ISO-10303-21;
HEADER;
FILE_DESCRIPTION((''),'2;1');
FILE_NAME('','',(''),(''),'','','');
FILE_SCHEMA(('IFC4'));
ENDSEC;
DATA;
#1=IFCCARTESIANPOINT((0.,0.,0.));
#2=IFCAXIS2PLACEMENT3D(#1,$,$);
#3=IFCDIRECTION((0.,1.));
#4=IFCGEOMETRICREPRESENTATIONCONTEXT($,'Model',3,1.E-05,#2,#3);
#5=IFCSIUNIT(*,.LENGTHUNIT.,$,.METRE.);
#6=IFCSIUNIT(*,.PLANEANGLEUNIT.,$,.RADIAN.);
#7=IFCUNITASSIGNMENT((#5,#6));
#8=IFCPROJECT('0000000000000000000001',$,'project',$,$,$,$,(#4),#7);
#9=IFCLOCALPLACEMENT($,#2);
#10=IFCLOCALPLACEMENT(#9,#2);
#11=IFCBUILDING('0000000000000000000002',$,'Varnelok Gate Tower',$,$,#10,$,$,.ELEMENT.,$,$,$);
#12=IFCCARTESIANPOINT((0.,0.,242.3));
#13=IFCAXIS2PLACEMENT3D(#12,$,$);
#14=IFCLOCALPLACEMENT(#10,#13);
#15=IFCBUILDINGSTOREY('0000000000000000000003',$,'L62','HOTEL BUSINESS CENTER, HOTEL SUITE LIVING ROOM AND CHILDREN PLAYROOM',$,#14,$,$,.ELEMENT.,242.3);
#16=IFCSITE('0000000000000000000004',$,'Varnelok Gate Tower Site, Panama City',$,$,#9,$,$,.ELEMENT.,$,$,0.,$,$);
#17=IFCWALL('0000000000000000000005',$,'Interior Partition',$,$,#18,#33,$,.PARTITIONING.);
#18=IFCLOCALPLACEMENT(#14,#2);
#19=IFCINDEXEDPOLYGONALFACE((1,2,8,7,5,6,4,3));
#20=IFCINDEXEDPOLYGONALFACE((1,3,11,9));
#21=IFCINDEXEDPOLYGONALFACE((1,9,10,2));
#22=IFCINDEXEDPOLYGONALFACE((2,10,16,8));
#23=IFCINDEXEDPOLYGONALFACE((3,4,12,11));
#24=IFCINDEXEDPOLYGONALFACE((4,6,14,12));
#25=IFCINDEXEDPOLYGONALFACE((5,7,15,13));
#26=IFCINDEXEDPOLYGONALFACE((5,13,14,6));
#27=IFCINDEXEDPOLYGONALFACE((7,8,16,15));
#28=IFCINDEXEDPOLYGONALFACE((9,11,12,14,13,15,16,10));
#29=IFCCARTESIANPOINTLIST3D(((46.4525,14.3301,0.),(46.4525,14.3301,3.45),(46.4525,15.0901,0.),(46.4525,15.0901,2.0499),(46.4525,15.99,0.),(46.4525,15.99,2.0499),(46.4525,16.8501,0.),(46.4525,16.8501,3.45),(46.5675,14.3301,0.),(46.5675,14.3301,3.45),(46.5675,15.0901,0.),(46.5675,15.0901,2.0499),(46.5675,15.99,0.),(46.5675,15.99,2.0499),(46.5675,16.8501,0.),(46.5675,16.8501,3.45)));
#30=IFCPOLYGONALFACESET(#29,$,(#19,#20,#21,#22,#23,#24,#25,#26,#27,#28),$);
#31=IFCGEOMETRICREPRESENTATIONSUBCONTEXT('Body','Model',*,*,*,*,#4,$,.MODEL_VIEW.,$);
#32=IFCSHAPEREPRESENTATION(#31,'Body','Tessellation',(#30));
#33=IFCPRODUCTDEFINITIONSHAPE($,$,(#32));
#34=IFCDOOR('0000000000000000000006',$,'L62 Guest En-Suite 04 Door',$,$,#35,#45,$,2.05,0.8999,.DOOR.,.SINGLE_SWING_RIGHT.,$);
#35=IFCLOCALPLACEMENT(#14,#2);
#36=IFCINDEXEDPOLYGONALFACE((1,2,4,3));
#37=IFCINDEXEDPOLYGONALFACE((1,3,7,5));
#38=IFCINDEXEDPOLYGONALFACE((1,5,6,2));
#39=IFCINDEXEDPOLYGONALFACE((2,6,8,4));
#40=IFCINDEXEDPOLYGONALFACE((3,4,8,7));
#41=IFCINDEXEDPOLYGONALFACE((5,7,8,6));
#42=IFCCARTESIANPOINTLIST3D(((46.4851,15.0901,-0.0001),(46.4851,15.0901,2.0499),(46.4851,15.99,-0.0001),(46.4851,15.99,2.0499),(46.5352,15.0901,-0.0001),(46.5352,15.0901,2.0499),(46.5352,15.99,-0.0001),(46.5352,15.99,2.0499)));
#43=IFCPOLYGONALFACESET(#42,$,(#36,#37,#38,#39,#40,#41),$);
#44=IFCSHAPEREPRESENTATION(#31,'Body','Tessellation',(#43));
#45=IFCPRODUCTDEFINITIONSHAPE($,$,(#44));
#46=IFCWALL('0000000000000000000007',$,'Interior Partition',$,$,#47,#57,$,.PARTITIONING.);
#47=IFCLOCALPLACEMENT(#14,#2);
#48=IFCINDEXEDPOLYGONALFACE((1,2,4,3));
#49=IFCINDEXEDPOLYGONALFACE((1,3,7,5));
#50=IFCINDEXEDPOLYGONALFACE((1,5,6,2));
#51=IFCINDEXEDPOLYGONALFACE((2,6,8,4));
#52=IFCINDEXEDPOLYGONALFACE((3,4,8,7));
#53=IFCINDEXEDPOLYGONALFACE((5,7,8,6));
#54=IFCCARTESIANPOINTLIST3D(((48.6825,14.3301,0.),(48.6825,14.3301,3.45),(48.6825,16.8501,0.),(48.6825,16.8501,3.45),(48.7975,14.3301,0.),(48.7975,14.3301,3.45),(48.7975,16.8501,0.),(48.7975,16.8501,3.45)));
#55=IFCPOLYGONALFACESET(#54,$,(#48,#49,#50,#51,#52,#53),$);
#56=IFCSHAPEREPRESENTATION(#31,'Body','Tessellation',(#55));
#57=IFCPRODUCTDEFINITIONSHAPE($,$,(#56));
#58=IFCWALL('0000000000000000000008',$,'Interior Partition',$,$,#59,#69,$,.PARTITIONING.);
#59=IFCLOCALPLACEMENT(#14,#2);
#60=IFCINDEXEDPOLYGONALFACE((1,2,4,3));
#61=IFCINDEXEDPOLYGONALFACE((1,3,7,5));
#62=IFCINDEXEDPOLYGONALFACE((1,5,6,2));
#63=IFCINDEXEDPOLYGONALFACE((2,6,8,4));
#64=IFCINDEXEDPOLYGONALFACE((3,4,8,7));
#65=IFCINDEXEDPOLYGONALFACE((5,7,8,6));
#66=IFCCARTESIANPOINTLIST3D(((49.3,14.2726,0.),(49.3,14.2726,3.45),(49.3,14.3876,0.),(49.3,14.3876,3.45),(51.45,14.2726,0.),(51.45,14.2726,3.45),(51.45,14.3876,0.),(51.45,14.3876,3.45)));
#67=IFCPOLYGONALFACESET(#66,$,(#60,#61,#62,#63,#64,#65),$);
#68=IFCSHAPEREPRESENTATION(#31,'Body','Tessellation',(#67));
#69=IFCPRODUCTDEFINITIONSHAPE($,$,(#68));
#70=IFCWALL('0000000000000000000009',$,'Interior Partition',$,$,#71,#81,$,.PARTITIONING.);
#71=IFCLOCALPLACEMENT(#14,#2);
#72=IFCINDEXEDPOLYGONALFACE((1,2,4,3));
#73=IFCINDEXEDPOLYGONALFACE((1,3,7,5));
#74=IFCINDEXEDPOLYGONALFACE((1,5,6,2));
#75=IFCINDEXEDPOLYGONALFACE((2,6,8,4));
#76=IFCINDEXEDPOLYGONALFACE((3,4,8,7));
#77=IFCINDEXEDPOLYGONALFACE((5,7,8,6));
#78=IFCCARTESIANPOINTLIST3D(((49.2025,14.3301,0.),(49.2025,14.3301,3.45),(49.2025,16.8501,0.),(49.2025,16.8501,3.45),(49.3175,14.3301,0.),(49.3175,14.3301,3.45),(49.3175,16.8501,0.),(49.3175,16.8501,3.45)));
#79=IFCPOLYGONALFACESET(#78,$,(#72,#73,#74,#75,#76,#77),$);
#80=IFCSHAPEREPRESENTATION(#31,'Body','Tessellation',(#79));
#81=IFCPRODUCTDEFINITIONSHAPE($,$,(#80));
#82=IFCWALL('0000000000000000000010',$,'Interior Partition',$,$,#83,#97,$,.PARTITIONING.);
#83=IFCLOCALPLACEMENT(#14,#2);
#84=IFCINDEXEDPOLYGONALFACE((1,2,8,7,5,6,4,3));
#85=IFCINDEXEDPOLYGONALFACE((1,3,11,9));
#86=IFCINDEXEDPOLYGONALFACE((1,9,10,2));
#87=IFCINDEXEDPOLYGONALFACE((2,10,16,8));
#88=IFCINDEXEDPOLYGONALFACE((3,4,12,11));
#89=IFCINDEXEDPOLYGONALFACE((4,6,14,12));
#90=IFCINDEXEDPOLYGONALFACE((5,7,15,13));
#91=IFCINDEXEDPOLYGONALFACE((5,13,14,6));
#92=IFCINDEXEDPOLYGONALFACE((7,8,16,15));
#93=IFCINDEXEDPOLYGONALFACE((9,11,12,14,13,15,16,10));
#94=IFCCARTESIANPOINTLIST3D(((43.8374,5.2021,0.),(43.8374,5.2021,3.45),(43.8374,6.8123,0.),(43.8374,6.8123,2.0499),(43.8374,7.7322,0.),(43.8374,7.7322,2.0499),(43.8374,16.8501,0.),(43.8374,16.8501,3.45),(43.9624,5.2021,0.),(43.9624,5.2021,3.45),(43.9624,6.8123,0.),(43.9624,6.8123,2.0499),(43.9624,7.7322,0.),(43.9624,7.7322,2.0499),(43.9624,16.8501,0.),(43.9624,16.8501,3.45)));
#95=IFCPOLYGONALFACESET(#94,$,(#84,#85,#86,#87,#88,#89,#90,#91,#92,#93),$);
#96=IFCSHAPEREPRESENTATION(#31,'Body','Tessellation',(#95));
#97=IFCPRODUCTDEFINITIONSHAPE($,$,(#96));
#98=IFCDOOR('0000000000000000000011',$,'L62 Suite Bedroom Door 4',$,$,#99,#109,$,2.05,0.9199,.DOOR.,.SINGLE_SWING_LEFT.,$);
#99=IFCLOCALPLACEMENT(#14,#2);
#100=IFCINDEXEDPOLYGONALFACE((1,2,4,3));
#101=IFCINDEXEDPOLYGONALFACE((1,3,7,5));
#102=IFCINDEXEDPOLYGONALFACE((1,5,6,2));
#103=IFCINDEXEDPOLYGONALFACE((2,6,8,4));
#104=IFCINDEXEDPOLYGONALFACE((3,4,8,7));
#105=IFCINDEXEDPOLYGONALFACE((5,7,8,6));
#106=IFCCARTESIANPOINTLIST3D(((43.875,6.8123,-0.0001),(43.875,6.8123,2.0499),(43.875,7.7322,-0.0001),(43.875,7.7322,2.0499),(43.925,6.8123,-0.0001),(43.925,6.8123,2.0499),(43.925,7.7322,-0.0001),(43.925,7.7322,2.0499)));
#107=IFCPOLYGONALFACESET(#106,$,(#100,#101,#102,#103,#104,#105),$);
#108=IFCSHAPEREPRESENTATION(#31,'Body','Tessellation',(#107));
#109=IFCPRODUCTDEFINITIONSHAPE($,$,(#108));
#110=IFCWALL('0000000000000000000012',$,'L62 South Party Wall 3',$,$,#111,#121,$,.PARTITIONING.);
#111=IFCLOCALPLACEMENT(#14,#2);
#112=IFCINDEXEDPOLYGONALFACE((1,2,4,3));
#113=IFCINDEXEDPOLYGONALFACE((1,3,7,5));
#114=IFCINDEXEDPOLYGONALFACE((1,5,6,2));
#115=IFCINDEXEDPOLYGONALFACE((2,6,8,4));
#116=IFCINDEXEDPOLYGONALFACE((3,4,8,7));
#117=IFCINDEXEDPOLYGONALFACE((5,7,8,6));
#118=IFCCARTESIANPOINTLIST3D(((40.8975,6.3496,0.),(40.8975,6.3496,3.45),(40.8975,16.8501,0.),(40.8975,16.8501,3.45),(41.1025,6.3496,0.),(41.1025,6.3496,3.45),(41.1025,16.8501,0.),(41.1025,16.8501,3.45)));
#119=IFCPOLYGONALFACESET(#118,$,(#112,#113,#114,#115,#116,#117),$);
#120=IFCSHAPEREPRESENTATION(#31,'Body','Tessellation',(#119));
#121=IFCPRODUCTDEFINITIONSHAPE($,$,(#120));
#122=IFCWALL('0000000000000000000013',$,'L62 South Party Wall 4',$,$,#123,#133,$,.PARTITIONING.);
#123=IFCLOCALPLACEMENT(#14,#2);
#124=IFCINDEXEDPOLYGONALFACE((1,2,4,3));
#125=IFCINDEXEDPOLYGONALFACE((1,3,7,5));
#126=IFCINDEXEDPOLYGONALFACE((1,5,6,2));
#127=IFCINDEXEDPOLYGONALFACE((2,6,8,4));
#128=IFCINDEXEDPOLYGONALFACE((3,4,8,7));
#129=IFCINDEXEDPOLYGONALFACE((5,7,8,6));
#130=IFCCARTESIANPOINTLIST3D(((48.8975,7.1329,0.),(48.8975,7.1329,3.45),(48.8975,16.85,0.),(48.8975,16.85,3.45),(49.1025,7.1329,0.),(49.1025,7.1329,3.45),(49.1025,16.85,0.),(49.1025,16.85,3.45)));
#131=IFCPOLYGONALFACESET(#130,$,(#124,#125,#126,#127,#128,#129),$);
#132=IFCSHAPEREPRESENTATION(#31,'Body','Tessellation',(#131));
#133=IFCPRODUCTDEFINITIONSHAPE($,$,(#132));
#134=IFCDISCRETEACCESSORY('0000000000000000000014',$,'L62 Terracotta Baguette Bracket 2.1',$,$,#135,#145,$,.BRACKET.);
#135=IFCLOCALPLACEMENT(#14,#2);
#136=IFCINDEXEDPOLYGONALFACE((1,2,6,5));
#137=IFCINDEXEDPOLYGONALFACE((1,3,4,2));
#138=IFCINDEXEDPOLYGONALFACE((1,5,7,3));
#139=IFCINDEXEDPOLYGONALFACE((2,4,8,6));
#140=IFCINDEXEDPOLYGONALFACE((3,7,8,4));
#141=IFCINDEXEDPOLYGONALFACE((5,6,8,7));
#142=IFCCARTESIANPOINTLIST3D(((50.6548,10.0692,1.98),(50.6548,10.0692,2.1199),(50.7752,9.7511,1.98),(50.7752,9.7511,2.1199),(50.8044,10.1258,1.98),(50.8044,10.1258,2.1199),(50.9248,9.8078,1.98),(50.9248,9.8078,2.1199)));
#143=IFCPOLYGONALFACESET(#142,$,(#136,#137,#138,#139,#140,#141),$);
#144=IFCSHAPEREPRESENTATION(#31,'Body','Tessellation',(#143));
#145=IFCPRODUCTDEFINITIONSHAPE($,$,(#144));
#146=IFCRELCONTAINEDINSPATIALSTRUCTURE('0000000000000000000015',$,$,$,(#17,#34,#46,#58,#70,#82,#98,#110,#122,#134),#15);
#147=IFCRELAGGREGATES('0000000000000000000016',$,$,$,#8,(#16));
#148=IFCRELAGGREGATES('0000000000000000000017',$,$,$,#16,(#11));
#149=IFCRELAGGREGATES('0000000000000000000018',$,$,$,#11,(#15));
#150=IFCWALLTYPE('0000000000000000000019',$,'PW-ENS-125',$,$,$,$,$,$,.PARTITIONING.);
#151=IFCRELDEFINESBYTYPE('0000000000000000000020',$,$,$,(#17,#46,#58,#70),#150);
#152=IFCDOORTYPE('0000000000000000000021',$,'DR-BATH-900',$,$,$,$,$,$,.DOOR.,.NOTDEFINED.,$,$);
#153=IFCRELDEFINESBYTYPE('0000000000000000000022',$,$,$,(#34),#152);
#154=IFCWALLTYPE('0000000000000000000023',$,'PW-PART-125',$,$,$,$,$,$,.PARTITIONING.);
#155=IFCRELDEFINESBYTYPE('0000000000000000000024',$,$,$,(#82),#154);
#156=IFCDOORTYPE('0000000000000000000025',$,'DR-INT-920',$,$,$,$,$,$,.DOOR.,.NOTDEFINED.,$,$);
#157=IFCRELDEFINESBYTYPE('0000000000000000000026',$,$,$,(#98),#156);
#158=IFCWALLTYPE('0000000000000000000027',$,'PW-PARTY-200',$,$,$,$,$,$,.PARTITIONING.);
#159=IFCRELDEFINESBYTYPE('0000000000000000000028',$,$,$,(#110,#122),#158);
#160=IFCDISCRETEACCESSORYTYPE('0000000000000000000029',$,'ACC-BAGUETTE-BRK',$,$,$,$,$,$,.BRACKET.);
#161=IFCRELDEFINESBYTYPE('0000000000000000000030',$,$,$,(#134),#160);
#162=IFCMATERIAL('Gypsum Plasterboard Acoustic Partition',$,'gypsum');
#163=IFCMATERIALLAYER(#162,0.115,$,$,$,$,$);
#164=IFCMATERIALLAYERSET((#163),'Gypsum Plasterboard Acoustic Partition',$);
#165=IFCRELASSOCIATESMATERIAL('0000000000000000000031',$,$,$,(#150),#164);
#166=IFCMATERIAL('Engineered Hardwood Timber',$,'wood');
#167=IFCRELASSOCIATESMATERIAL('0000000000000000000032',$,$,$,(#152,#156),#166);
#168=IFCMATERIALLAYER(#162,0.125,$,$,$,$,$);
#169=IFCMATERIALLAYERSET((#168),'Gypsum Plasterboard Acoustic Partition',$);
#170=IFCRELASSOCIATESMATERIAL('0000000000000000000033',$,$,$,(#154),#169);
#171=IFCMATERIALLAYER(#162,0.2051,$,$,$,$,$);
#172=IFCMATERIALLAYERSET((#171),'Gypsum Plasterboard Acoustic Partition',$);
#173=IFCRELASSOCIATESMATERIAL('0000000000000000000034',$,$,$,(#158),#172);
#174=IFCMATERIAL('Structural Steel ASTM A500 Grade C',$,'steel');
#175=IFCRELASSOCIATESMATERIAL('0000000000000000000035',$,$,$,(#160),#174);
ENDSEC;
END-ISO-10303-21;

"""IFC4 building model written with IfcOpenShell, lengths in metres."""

from ifc_helpers import new_model, si_unit, direction, frame, frame_2d, origin, origin_2d, place, context, subcontext, project, spatial, rectangle, extrude, source, transform, mapped, material, layer, layer_set, type_object, element, fill, save


model = new_model("IFC4")

# Units and contexts
model_context = context("Model", 3, precision=1e-05, world=origin(), true_north=direction((0.0, 1.0)))
body_context = subcontext(model_context, "Body", "Model", "MODEL_VIEW")
ifc_project = project(units=[si_unit("LENGTHUNIT", "METRE"), si_unit("PLANEANGLEUNIT", "RADIAN")], contexts=[model_context])

# Site, building, storey
site_placement = place(None, origin())
site = spatial("IfcSite", under=ifc_project, at=site_placement, Name="Varnelok Gate Tower Site, Panama City", CompositionType="ELEMENT", RefElevation=0.0)
building_placement = place(site_placement, origin())
building = spatial("IfcBuilding", under=site, at=building_placement, Name="Varnelok Gate Tower", CompositionType="ELEMENT")
storey_placement = place(building_placement, frame((0.0, 0.0, 242.3)))
storey = spatial("IfcBuildingStorey", under=building, at=storey_placement, Name="L62", Description="HOTEL BUSINESS CENTER, HOTEL SUITE LIVING ROOM AND CHILDREN PLAYROOM", CompositionType="ELEMENT", Elevation=242.3)

# Shared definitions
ifc_material_1 = material(Name="Gypsum Plasterboard Acoustic Partition", Category="gypsum")
ifc_layer_1 = layer(ifc_material_1, 0.115)
ifc_layer_set_1 = layer_set([ifc_layer_1], Name="Gypsum Plasterboard Acoustic Partition")
wall_type_1 = type_object("IfcWallType", Name="PW-ENS-125", PredefinedType="PARTITIONING", material=ifc_layer_set_1)

# Shared definitions
ifc_material_2 = material(Name="Engineered Hardwood Timber", Category="wood")
door_type_1 = type_object("IfcDoorType", Name="DR-BATH-900", OperationType="NOTDEFINED", PredefinedType="DOOR", material=ifc_material_2)

# Wall, opening, door
wall_1_placement = place(storey_placement, frame((46.51, 14.3301, 0.0), z_axis=(0.0, 0.0, 1.0), x_axis=(0.0, 1.0, 0.0)))
wall_1 = element("IfcWall", 1, at=wall_1_placement, inside=storey, type_object=wall_type_1, Name="Interior Partition", PredefinedType="PARTITIONING", context=body_context, shape_type="SweptSolid", body=[
    extrude(rectangle(XDim=2.52, YDim=0.115, at=frame_2d((1.26, 0.0))), origin(), (0.0, 0.0, 1.0), 3.45),
])
opening_1_placement = place(wall_1_placement, frame((0.76, 0.0, 0.0)))
opening_1 = element("IfcOpeningElement", 2, at=opening_1_placement, cuts=wall_1, PredefinedType="OPENING", context=body_context, shape_type="SweptSolid", body=[
    extrude(rectangle(XDim=0.8999, YDim=2.05, at=frame_2d((0.45, 1.0249))), frame((0.0, 0.0674, 0.0), z_axis=(0.0, -1.0, 0.0), x_axis=(1.0, 0.0, 0.0)), (0.0, 0.0, 1.0), 0.135),
])
door_1_placement = place(opening_1_placement, origin())
door_1 = element("IfcDoor", 3, at=door_1_placement, inside=storey, type_object=door_type_1, Name="L62 Guest En-Suite 04 Door", OperationType="SINGLE_SWING_RIGHT", OverallHeight=2.05, OverallWidth=0.8999, PredefinedType="DOOR", context=body_context, shape_type="SweptSolid", body=[
    extrude(rectangle(XDim=0.8999, YDim=2.05, at=frame_2d((0.45, 1.0249))), frame((0.0, 0.0249, 0.0), z_axis=(0.0, -1.0, 0.0), x_axis=(1.0, 0.0, 0.0)), (0.0, 0.0, 1.0), 0.05),
])
fill(opening_1, door_1)

# Walls
wall_2_placement = place(storey_placement, frame((48.74, 14.3301, 0.0), z_axis=(0.0, 0.0, 1.0), x_axis=(0.0, 1.0, 0.0)))
element("IfcWall", 4, at=wall_2_placement, inside=storey, type_object=wall_type_1, Name="Interior Partition", PredefinedType="PARTITIONING", context=body_context, shape_type="SweptSolid", body=[
    extrude(rectangle(XDim=2.52, YDim=0.115, at=frame_2d((1.26, 0.0))), origin(), (0.0, 0.0, 1.0), 3.45),
])
wall_3_placement = place(storey_placement, frame((49.3, 14.3301, 0.0), z_axis=(0.0, 0.0, 1.0), x_axis=(1.0, 0.0, 0.0)))
element("IfcWall", 5, at=wall_3_placement, inside=storey, type_object=wall_type_1, Name="Interior Partition", PredefinedType="PARTITIONING", context=body_context, shape_type="SweptSolid", body=[
    extrude(rectangle(XDim=2.1499, YDim=0.115, at=frame_2d((1.075, 0.0))), origin(), (0.0, 0.0, 1.0), 3.45),
])
wall_4_placement = place(storey_placement, frame((49.26, 14.3301, 0.0), z_axis=(0.0, 0.0, 1.0), x_axis=(0.0, 1.0, 0.0)))
element("IfcWall", 6, at=wall_4_placement, inside=storey, type_object=wall_type_1, Name="Interior Partition", PredefinedType="PARTITIONING", context=body_context, shape_type="SweptSolid", body=[
    extrude(rectangle(XDim=2.52, YDim=0.115, at=frame_2d((1.26, 0.0))), origin(), (0.0, 0.0, 1.0), 3.45),
])

# Wall, opening, door
ifc_layer_2 = layer(ifc_material_1, 0.125)
ifc_layer_set_2 = layer_set([ifc_layer_2], Name="Gypsum Plasterboard Acoustic Partition")
wall_type_2 = type_object("IfcWallType", Name="PW-PART-125", PredefinedType="PARTITIONING", material=ifc_layer_set_2)
wall_5_placement = place(storey_placement, frame((43.8999, 5.2021, 0.0), z_axis=(0.0, 0.0, 1.0), x_axis=(0.0, 1.0, 0.0)))
wall_5 = element("IfcWall", 7, at=wall_5_placement, inside=storey, type_object=wall_type_2, Name="Interior Partition", PredefinedType="PARTITIONING", context=body_context, shape_type="SweptSolid", body=[
    extrude(rectangle(XDim=11.6479, YDim=0.125, at=frame_2d((5.824, 0.0))), origin(), (0.0, 0.0, 1.0), 3.45),
])
opening_2_placement = place(wall_5_placement, frame((1.6101, 0.0, 0.0)))
opening_2 = element("IfcOpeningElement", 8, at=opening_2_placement, cuts=wall_5, PredefinedType="OPENING", context=body_context, shape_type="SweptSolid", body=[
    extrude(rectangle(XDim=0.9199, YDim=2.05, at=frame_2d((0.46, 1.0249))), frame((0.0, 0.0725, 0.0), z_axis=(0.0, -1.0, 0.0), x_axis=(1.0, 0.0, 0.0)), (0.0, 0.0, 1.0), 0.145),
])
door_type_2 = type_object("IfcDoorType", Name="DR-INT-920", OperationType="NOTDEFINED", PredefinedType="DOOR", material=ifc_material_2)
door_2_placement = place(opening_2_placement, origin())
door_2 = element("IfcDoor", 9, at=door_2_placement, inside=storey, type_object=door_type_2, Name="L62 Suite Bedroom Door 4", OperationType="SINGLE_SWING_LEFT", OverallHeight=2.05, OverallWidth=0.9199, PredefinedType="DOOR", context=body_context, shape_type="SweptSolid", body=[
    extrude(rectangle(XDim=0.9199, YDim=2.05, at=frame_2d((0.46, 1.0249))), frame((0.0, 0.0249, 0.0), z_axis=(0.0, -1.0, 0.0), x_axis=(1.0, 0.0, 0.0)), (0.0, 0.0, 1.0), 0.05),
])
fill(opening_2, door_2)

# Walls
ifc_layer_3 = layer(ifc_material_1, 0.2051)
ifc_layer_set_3 = layer_set([ifc_layer_3], Name="Gypsum Plasterboard Acoustic Partition")
wall_type_3 = type_object("IfcWallType", Name="PW-PARTY-200", PredefinedType="PARTITIONING", material=ifc_layer_set_3)
wall_6_placement = place(storey_placement, frame((41.0, 6.3496, 0.0), z_axis=(0.0, 0.0, 1.0), x_axis=(0.0, 1.0, 0.0)))
element("IfcWall", 10, at=wall_6_placement, inside=storey, type_object=wall_type_3, Name="L62 South Party Wall 3", PredefinedType="PARTITIONING", context=body_context, shape_type="SweptSolid", body=[
    extrude(rectangle(XDim=10.5005, YDim=0.2051, at=frame_2d((5.2502, 0.0))), origin(), (0.0, 0.0, 1.0), 3.45),
])
wall_7_placement = place(storey_placement, frame((49.0, 7.1331, 0.0), z_axis=(0.0, 0.0, 1.0), x_axis=(0.0, 1.0, 0.0)))
element("IfcWall", 11, at=wall_7_placement, inside=storey, type_object=wall_type_3, Name="L62 South Party Wall 4", PredefinedType="PARTITIONING", context=body_context, shape_type="SweptSolid", body=[
    extrude(rectangle(XDim=9.717, YDim=0.2051, at=frame_2d((4.8584, 0.0))), origin(), (0.0, 0.0, 1.0), 3.45),
])

# Discrete accessory
ifc_material_3 = material(Name="Structural Steel ASTM A500 Grade C", Category="steel")
discrete_accessory_type = type_object("IfcDiscreteAccessoryType", Name="ACC-BAGUETTE-BRK", PredefinedType="BRACKET", material=ifc_material_3)
shared_shape = source(origin(), body_context, "Body", "SweptSolid", [
    extrude(rectangle(XDim=0.1599, YDim=0.3401, at=origin_2d()), origin(), (0.0, 0.0, 1.0), 0.1399),
])
discrete_accessory_placement = place(storey_placement, frame((50.7898, 9.9385, 1.98), z_axis=(0.0, 0.0, 1.0), x_axis=(0.935222, 0.354063, 0.0)))
element("IfcDiscreteAccessory", 12, at=discrete_accessory_placement, inside=storey, type_object=discrete_accessory_type, Name="L62 Terracotta Baguette Bracket 2.1", PredefinedType="BRACKET", context=body_context, shape_type="MappedRepresentation", body=[
    mapped(shared_shape, transform((0.0, 0.0, 0.0), scale=1.0)),
])

save(model, "model.ifc")
